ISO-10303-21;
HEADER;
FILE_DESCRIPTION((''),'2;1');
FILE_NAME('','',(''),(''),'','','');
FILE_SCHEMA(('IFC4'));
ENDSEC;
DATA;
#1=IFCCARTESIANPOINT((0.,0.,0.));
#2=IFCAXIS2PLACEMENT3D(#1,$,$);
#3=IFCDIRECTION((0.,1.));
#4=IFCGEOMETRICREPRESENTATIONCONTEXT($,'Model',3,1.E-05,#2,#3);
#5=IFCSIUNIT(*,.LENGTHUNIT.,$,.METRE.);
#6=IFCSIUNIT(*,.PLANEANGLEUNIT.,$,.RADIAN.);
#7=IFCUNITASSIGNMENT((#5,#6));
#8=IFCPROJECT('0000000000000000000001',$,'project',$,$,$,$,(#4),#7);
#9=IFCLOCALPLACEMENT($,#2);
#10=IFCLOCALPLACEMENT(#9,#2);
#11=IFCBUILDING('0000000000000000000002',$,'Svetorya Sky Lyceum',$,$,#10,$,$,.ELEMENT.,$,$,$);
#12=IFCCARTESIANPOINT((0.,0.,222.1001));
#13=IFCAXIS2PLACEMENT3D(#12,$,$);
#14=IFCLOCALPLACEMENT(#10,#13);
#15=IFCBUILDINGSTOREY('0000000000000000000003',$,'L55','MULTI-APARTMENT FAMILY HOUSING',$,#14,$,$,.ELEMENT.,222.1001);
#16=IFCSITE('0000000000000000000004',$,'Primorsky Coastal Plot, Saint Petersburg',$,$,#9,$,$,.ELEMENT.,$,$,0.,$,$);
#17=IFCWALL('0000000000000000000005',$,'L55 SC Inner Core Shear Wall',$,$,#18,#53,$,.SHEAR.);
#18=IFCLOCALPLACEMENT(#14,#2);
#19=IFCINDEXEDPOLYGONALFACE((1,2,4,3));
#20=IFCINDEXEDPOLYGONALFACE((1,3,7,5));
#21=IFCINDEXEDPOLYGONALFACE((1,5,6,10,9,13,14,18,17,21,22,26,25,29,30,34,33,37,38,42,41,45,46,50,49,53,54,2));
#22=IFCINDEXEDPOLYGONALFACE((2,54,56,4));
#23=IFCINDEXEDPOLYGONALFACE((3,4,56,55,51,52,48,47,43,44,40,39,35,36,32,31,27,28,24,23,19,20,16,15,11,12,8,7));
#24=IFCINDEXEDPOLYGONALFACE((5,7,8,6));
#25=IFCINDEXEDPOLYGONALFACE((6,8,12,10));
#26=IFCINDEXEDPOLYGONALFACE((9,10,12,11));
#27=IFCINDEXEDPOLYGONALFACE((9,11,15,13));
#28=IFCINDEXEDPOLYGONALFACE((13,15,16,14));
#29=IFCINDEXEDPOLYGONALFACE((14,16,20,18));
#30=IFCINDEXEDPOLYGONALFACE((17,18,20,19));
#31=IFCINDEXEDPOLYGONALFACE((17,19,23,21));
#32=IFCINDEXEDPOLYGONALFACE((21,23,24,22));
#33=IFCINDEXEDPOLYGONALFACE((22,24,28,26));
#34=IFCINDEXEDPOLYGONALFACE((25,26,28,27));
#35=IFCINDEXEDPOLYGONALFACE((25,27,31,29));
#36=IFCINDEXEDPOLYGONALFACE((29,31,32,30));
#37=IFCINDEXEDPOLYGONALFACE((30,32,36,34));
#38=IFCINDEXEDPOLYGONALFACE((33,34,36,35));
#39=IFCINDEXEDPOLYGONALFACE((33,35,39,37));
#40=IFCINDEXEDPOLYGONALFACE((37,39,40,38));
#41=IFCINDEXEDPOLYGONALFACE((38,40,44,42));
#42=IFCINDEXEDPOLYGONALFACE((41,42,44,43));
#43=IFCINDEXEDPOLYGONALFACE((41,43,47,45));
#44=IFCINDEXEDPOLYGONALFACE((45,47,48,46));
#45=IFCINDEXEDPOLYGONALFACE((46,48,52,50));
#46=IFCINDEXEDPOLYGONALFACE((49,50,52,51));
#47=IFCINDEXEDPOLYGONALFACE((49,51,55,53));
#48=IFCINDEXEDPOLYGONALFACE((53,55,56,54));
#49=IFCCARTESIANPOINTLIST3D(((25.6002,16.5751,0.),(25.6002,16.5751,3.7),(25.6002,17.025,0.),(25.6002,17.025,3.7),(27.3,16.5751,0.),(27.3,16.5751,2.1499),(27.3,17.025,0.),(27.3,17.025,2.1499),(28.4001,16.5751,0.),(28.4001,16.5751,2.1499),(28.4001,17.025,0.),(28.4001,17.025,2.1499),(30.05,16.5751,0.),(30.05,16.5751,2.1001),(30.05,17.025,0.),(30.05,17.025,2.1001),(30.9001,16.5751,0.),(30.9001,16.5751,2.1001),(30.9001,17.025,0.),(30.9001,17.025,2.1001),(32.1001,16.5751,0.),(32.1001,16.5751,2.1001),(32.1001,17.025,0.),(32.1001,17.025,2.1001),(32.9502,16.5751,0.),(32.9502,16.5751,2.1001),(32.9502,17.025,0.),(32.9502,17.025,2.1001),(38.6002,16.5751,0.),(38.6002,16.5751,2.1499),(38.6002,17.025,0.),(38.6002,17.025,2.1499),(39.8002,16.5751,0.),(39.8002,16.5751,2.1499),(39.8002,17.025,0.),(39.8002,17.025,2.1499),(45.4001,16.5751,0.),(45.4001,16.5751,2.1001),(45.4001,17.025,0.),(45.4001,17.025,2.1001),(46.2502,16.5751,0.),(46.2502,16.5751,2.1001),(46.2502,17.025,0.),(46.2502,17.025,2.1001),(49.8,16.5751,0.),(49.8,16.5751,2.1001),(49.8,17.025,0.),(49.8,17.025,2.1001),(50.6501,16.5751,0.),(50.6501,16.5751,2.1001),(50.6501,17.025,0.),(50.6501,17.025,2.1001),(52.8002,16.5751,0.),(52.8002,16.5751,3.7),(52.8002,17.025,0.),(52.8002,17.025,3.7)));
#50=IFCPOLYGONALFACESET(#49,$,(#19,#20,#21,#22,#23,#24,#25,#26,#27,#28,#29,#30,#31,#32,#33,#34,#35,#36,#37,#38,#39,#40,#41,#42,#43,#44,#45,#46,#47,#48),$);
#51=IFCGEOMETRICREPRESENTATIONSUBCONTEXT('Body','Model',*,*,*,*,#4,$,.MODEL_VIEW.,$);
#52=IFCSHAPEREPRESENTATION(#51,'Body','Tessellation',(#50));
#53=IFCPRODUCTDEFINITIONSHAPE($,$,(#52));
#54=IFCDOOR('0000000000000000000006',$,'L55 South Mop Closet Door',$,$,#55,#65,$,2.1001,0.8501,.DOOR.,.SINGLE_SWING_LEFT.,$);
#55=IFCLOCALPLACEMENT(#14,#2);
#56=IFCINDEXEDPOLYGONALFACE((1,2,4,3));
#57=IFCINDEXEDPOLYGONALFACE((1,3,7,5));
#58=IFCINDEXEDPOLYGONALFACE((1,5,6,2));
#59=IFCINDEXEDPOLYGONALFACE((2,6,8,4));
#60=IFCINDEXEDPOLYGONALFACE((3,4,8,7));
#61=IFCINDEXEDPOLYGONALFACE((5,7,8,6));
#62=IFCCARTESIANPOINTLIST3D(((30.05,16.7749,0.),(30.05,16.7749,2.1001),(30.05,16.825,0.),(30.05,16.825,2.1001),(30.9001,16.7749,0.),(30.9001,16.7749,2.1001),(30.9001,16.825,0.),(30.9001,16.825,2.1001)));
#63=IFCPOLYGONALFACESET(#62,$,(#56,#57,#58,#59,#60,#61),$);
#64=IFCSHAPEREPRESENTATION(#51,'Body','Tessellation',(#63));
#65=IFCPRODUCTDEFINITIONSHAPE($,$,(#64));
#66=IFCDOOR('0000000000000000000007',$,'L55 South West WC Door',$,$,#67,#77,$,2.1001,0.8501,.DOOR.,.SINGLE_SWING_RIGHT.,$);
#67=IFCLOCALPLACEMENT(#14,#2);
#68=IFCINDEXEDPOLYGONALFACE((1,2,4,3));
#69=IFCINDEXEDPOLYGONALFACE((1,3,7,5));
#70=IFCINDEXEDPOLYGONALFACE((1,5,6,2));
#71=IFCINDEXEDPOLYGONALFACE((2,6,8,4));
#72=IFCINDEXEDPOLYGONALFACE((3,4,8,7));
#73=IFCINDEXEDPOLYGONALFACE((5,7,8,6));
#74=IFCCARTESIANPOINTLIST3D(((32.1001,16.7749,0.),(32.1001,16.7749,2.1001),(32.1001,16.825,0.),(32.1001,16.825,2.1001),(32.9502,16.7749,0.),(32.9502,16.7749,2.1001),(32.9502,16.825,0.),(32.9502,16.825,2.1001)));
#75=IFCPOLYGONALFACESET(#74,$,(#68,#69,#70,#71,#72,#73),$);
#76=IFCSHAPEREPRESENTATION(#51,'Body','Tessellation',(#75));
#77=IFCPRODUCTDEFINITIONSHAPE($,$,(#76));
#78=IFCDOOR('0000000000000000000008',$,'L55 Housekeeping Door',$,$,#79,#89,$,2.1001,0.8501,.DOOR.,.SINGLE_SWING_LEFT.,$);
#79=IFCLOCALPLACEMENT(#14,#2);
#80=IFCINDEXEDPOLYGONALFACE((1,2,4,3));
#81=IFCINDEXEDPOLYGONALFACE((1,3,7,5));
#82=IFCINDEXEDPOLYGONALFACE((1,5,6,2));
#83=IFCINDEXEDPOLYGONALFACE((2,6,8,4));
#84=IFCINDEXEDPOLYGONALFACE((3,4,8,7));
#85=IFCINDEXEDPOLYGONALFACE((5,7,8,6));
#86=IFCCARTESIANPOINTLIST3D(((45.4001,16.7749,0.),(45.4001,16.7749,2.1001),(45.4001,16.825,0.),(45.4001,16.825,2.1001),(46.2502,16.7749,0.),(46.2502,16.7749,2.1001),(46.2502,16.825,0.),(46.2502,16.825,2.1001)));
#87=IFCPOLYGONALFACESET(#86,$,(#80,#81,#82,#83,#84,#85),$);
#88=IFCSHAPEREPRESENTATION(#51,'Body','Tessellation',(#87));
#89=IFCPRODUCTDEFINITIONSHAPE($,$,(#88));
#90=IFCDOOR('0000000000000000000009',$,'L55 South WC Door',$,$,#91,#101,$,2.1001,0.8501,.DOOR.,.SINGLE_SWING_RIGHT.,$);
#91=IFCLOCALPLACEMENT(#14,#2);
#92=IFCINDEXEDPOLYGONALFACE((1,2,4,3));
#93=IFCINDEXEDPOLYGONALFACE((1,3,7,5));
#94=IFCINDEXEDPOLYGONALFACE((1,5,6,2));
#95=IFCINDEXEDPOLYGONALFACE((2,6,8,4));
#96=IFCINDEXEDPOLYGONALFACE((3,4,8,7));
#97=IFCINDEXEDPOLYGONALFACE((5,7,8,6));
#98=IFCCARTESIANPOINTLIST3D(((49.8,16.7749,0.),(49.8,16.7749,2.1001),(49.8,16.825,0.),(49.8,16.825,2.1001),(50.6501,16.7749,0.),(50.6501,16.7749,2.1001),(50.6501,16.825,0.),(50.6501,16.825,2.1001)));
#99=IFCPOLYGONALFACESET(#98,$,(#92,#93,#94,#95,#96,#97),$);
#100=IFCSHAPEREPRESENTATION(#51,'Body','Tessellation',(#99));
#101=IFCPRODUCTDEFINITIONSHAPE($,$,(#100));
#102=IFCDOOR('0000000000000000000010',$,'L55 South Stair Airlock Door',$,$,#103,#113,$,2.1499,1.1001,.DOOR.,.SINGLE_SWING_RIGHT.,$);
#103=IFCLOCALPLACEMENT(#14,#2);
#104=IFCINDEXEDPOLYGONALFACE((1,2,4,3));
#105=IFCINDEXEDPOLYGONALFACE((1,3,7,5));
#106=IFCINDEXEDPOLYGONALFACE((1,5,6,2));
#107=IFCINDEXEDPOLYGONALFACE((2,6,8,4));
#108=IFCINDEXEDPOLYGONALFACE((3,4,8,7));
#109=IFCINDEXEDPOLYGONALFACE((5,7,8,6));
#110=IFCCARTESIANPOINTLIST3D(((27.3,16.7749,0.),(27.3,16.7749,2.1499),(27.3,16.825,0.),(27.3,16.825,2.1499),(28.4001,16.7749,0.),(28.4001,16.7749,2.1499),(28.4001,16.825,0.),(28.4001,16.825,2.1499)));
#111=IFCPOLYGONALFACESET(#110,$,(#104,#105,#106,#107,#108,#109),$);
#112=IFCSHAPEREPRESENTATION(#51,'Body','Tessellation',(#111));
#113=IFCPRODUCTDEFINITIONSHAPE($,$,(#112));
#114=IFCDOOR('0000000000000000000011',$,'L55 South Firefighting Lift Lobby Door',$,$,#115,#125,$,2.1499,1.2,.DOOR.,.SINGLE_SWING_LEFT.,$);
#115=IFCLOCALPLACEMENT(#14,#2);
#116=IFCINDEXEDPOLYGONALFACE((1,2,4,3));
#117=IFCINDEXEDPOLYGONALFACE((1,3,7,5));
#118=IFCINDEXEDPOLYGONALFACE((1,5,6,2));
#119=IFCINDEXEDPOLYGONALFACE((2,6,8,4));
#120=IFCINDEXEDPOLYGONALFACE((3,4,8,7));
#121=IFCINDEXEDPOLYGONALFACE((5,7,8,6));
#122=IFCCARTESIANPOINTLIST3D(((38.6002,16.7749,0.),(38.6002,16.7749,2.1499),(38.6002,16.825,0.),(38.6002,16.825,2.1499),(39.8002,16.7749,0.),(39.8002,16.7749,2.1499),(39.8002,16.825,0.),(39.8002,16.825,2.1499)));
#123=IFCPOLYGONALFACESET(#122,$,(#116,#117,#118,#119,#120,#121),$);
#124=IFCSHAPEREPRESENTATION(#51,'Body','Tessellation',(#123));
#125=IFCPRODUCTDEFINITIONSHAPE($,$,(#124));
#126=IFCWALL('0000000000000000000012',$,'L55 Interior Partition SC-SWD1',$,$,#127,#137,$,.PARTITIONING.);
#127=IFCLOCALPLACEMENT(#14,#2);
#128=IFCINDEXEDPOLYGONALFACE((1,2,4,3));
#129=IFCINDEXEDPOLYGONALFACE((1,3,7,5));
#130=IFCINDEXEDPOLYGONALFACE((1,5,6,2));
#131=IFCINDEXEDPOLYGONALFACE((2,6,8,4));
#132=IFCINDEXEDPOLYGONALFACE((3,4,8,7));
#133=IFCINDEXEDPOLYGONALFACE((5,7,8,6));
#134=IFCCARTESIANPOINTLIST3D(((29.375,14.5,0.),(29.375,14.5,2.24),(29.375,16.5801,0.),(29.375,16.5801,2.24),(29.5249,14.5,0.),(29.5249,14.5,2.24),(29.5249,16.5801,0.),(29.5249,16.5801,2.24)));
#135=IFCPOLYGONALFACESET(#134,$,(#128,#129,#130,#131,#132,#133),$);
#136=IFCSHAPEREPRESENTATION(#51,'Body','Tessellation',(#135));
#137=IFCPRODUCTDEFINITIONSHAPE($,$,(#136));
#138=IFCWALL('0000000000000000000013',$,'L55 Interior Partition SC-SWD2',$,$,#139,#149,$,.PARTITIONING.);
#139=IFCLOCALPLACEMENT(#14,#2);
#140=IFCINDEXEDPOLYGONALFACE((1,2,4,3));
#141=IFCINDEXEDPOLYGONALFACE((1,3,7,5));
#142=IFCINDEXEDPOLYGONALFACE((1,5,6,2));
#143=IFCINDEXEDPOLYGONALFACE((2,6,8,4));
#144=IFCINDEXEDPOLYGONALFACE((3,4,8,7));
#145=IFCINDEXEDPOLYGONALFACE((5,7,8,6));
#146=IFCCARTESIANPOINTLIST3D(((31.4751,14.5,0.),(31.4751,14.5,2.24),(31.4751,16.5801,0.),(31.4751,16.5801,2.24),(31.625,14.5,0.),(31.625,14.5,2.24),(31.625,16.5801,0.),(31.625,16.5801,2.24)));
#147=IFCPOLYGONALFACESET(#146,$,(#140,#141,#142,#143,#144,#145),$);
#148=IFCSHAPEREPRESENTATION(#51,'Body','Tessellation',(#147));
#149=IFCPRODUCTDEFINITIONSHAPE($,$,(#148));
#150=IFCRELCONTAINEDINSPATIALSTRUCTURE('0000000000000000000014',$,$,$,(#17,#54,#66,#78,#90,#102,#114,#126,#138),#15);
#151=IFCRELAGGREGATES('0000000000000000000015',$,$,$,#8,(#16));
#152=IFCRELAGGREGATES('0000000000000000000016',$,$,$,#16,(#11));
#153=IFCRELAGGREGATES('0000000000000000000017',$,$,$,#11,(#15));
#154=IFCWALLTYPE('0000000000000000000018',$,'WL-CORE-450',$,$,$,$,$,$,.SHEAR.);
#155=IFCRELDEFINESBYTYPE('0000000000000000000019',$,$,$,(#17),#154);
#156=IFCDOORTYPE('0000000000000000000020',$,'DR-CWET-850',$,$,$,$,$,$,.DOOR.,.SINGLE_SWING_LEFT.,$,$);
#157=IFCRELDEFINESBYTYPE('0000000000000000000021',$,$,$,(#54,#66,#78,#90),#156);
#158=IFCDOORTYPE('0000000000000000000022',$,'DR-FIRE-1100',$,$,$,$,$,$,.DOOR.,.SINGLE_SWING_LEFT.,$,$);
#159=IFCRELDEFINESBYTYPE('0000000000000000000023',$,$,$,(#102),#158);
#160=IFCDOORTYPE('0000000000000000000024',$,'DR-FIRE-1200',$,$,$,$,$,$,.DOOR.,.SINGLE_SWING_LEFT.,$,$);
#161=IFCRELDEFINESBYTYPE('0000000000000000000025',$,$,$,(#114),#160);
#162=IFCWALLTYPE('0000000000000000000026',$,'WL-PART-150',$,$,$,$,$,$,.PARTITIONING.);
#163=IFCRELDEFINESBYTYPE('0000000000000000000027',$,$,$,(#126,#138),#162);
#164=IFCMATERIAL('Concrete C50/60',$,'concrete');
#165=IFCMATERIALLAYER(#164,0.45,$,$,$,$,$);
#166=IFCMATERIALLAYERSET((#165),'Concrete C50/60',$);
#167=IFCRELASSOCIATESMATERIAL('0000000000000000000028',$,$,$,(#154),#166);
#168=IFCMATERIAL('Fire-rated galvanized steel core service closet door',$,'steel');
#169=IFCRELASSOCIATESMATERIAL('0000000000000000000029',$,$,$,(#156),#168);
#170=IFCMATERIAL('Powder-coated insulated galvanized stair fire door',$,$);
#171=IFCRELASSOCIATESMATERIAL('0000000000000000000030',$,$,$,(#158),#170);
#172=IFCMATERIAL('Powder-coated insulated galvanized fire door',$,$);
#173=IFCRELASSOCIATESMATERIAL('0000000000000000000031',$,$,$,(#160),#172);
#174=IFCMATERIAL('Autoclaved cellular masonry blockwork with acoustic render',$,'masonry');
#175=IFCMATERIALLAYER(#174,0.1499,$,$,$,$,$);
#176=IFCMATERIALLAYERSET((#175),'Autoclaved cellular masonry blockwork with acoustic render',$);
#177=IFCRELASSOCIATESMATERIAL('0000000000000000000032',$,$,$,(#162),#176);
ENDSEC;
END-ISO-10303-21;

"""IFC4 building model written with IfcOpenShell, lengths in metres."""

from ifc_helpers import new_model, si_unit, direction, frame, frame_2d, origin, place, context, subcontext, project, spatial, rectangle, extrude, material, layer, layer_set, type_object, element, fill, save


model = new_model("IFC4")

# Units and contexts
model_context = context("Model", 3, precision=1e-05, world=origin(), true_north=direction((0.0, 1.0)))
body_context = subcontext(model_context, "Body", "Model", "MODEL_VIEW")
ifc_project = project(units=[si_unit("LENGTHUNIT", "METRE"), si_unit("PLANEANGLEUNIT", "RADIAN")], contexts=[model_context])

# Site, building, storey
site_placement = place(None, origin())
site = spatial("IfcSite", under=ifc_project, at=site_placement, Name="Primorsky Coastal Plot, Saint Petersburg", CompositionType="ELEMENT", RefElevation=0.0)
building_placement = place(site_placement, origin())
building = spatial("IfcBuilding", under=site, at=building_placement, Name="Svetorya Sky Lyceum", CompositionType="ELEMENT")
storey_placement = place(building_placement, frame((0.0, 0.0, 222.1001)))
storey = spatial("IfcBuildingStorey", under=building, at=storey_placement, Name="L55", Description="MULTI-APARTMENT FAMILY HOUSING", CompositionType="ELEMENT", Elevation=222.1001)

# Shared definitions
ifc_material_1 = material(Name="Concrete C50/60", Category="concrete")

# Wall, openings, doors
ifc_layer_1 = layer(ifc_material_1, 0.45)
ifc_layer_set_1 = layer_set([ifc_layer_1], Name="Concrete C50/60")
wall_type_1 = type_object("IfcWallType", Name="WL-CORE-450", PredefinedType="SHEAR", material=ifc_layer_set_1)
wall_1_placement = place(storey_placement, frame((25.6001, 16.8, 0.0), z_axis=(0.0, 0.0, 1.0), x_axis=(1.0, 0.0, 0.0)))
wall_1 = element("IfcWall", 1, at=wall_1_placement, inside=storey, type_object=wall_type_1, Name="L55 SC Inner Core Shear Wall", PredefinedType="SHEAR", context=body_context, shape_type="SweptSolid", body=[
    extrude(rectangle(XDim=27.2, YDim=0.45, at=frame_2d((13.6001, 0.0))), origin(), (0.0, 0.0, 1.0), 3.7),
])
opening_1_placement = place(wall_1_placement, frame((1.7, 0.0, 0.0)))
opening_1 = element("IfcOpeningElement", 2, at=opening_1_placement, cuts=wall_1, PredefinedType="OPENING", context=body_context, shape_type="SweptSolid", body=[
    extrude(rectangle(XDim=1.1001, YDim=2.1499, at=frame_2d((0.55, 1.075))), frame((0.0, 0.2349, 0.0), z_axis=(0.0, -1.0, 0.0), x_axis=(1.0, 0.0, 0.0)), (0.0, 0.0, 1.0), 0.47),
])
opening_2_placement = place(wall_1_placement, frame((4.45, 0.0, 0.0)))
opening_2 = element("IfcOpeningElement", 3, at=opening_2_placement, cuts=wall_1, PredefinedType="OPENING", context=body_context, shape_type="SweptSolid", body=[
    extrude(rectangle(XDim=0.8501, YDim=2.1001, at=frame_2d((0.425, 1.05))), frame((0.0, 0.2349, 0.0), z_axis=(0.0, -1.0, 0.0), x_axis=(1.0, 0.0, 0.0)), (0.0, 0.0, 1.0), 0.47),
])
opening_3_placement = place(wall_1_placement, frame((6.5, 0.0, 0.0)))
opening_3 = element("IfcOpeningElement", 4, at=opening_3_placement, cuts=wall_1, PredefinedType="OPENING", context=body_context, shape_type="SweptSolid", body=[
    extrude(rectangle(XDim=0.8501, YDim=2.1001, at=frame_2d((0.425, 1.05))), frame((0.0, 0.2349, 0.0), z_axis=(0.0, -1.0, 0.0), x_axis=(1.0, 0.0, 0.0)), (0.0, 0.0, 1.0), 0.47),
])
opening_4_placement = place(wall_1_placement, frame((13.0, 0.0, 0.0)))
opening_4 = element("IfcOpeningElement", 5, at=opening_4_placement, cuts=wall_1, PredefinedType="OPENING", context=body_context, shape_type="SweptSolid", body=[
    extrude(rectangle(XDim=1.2, YDim=2.1499, at=frame_2d((0.6001, 1.075))), frame((0.0, 0.2349, 0.0), z_axis=(0.0, -1.0, 0.0), x_axis=(1.0, 0.0, 0.0)), (0.0, 0.0, 1.0), 0.47),
])
opening_5_placement = place(wall_1_placement, frame((19.8, 0.0, 0.0)))
opening_5 = element("IfcOpeningElement", 6, at=opening_5_placement, cuts=wall_1, PredefinedType="OPENING", context=body_context, shape_type="SweptSolid", body=[
    extrude(rectangle(XDim=0.8501, YDim=2.1001, at=frame_2d((0.425, 1.05))), frame((0.0, 0.2349, 0.0), z_axis=(0.0, -1.0, 0.0), x_axis=(1.0, 0.0, 0.0)), (0.0, 0.0, 1.0), 0.47),
])
opening_6_placement = place(wall_1_placement, frame((24.2, 0.0, 0.0)))
opening_6 = element("IfcOpeningElement", 7, at=opening_6_placement, cuts=wall_1, PredefinedType="OPENING", context=body_context, shape_type="SweptSolid", body=[
    extrude(rectangle(XDim=0.8501, YDim=2.1001, at=frame_2d((0.425, 1.05))), frame((0.0, 0.2349, 0.0), z_axis=(0.0, -1.0, 0.0), x_axis=(1.0, 0.0, 0.0)), (0.0, 0.0, 1.0), 0.47),
])
ifc_material_2 = material(Name="Fire-rated galvanized steel core service closet door", Category="steel")
door_type_1 = type_object("IfcDoorType", Name="DR-CWET-850", OperationType="SINGLE_SWING_LEFT", PredefinedType="DOOR", material=ifc_material_2)
door_1_placement = place(opening_2_placement, origin())
door_1 = element("IfcDoor", 8, at=door_1_placement, inside=storey, type_object=door_type_1, Name="L55 South Mop Closet Door", OperationType="SINGLE_SWING_LEFT", OverallHeight=2.1001, OverallWidth=0.8501, PredefinedType="DOOR", context=body_context, shape_type="SweptSolid", body=[
    extrude(rectangle(XDim=0.8501, YDim=2.1001, at=frame_2d((0.425, 1.05))), frame((0.0, 0.0249, 0.0), z_axis=(0.0, -1.0, 0.0), x_axis=(1.0, 0.0, 0.0)), (0.0, 0.0, 1.0), 0.05),
])
fill(opening_2, door_1)
door_2_placement = place(opening_3_placement, origin())
door_2 = element("IfcDoor", 9, at=door_2_placement, inside=storey, type_object=door_type_1, Name="L55 South West WC Door", OperationType="SINGLE_SWING_RIGHT", OverallHeight=2.1001, OverallWidth=0.8501, PredefinedType="DOOR", context=body_context, shape_type="SweptSolid", body=[
    extrude(rectangle(XDim=0.8501, YDim=2.1001, at=frame_2d((0.425, 1.05))), frame((0.0, 0.0249, 0.0), z_axis=(0.0, -1.0, 0.0), x_axis=(1.0, 0.0, 0.0)), (0.0, 0.0, 1.0), 0.05),
])
fill(opening_3, door_2)
door_3_placement = place(opening_5_placement, origin())
door_3 = element("IfcDoor", 10, at=door_3_placement, inside=storey, type_object=door_type_1, Name="L55 Housekeeping Door", OperationType="SINGLE_SWING_LEFT", OverallHeight=2.1001, OverallWidth=0.8501, PredefinedType="DOOR", context=body_context, shape_type="SweptSolid", body=[
    extrude(rectangle(XDim=0.8501, YDim=2.1001, at=frame_2d((0.425, 1.05))), frame((0.0, 0.0249, 0.0), z_axis=(0.0, -1.0, 0.0), x_axis=(1.0, 0.0, 0.0)), (0.0, 0.0, 1.0), 0.05),
])
fill(opening_5, door_3)
door_4_placement = place(opening_6_placement, origin())
door_4 = element("IfcDoor", 11, at=door_4_placement, inside=storey, type_object=door_type_1, Name="L55 South WC Door", OperationType="SINGLE_SWING_RIGHT", OverallHeight=2.1001, OverallWidth=0.8501, PredefinedType="DOOR", context=body_context, shape_type="SweptSolid", body=[
    extrude(rectangle(XDim=0.8501, YDim=2.1001, at=frame_2d((0.425, 1.05))), frame((0.0, 0.0249, 0.0), z_axis=(0.0, -1.0, 0.0), x_axis=(1.0, 0.0, 0.0)), (0.0, 0.0, 1.0), 0.05),
])
fill(opening_6, door_4)
ifc_material_3 = material(Name="Powder-coated insulated galvanized stair fire door")
door_type_2 = type_object("IfcDoorType", Name="DR-FIRE-1100", OperationType="SINGLE_SWING_LEFT", PredefinedType="DOOR", material=ifc_material_3)
door_5_placement = place(opening_1_placement, origin())
door_5 = element("IfcDoor", 12, at=door_5_placement, inside=storey, type_object=door_type_2, Name="L55 South Stair Airlock Door", OperationType="SINGLE_SWING_RIGHT", OverallHeight=2.1499, OverallWidth=1.1001, PredefinedType="DOOR", context=body_context, shape_type="SweptSolid", body=[
    extrude(rectangle(XDim=1.1001, YDim=2.1499, at=frame_2d((0.55, 1.075))), frame((0.0, 0.0249, 0.0), z_axis=(0.0, -1.0, 0.0), x_axis=(1.0, 0.0, 0.0)), (0.0, 0.0, 1.0), 0.05),
])
fill(opening_1, door_5)
ifc_material_4 = material(Name="Powder-coated insulated galvanized fire door")
door_type_3 = type_object("IfcDoorType", Name="DR-FIRE-1200", OperationType="SINGLE_SWING_LEFT", PredefinedType="DOOR", material=ifc_material_4)
door_6_placement = place(opening_4_placement, origin())
door_6 = element("IfcDoor", 13, at=door_6_placement, inside=storey, type_object=door_type_3, Name="L55 South Firefighting Lift Lobby Door", OperationType="SINGLE_SWING_LEFT", OverallHeight=2.1499, OverallWidth=1.2, PredefinedType="DOOR", context=body_context, shape_type="SweptSolid", body=[
    extrude(rectangle(XDim=1.2, YDim=2.1499, at=frame_2d((0.6001, 1.075))), frame((0.0, 0.0249, 0.0), z_axis=(0.0, -1.0, 0.0), x_axis=(1.0, 0.0, 0.0)), (0.0, 0.0, 1.0), 0.05),
])
fill(opening_4, door_6)

# Walls
ifc_material_5 = material(Name="Autoclaved cellular masonry blockwork with acoustic render", Category="masonry")
ifc_layer_2 = layer(ifc_material_5, 0.1499)
ifc_layer_set_2 = layer_set([ifc_layer_2], Name="Autoclaved cellular masonry blockwork with acoustic render")
wall_type_2 = type_object("IfcWallType", Name="WL-PART-150", PredefinedType="PARTITIONING", material=ifc_layer_set_2)
for number, where, z_axis, x_axis, name in (
    (14, (29.45, 14.5, 0.0), (0.0, 0.0, 1.0), (0.0, 1.0, 0.0), "L55 Interior Partition SC-SWD1"),
    (15, (31.55, 14.5, 0.0), (0.0, 0.0, 1.0), (0.0, 1.0, 0.0), "L55 Interior Partition SC-SWD2"),
):
    element("IfcWall", number, at=place(storey_placement, frame(where, z_axis=z_axis, x_axis=x_axis)), inside=storey, type_object=wall_type_2, Name=name, PredefinedType="PARTITIONING", context=body_context, shape_type="SweptSolid", body=[
        extrude(rectangle(XDim=2.0801, YDim=0.1499, at=frame_2d((1.04, 0.0))), origin(), (0.0, 0.0, 1.0), 2.24),
    ])

save(model, "model.ifc")
